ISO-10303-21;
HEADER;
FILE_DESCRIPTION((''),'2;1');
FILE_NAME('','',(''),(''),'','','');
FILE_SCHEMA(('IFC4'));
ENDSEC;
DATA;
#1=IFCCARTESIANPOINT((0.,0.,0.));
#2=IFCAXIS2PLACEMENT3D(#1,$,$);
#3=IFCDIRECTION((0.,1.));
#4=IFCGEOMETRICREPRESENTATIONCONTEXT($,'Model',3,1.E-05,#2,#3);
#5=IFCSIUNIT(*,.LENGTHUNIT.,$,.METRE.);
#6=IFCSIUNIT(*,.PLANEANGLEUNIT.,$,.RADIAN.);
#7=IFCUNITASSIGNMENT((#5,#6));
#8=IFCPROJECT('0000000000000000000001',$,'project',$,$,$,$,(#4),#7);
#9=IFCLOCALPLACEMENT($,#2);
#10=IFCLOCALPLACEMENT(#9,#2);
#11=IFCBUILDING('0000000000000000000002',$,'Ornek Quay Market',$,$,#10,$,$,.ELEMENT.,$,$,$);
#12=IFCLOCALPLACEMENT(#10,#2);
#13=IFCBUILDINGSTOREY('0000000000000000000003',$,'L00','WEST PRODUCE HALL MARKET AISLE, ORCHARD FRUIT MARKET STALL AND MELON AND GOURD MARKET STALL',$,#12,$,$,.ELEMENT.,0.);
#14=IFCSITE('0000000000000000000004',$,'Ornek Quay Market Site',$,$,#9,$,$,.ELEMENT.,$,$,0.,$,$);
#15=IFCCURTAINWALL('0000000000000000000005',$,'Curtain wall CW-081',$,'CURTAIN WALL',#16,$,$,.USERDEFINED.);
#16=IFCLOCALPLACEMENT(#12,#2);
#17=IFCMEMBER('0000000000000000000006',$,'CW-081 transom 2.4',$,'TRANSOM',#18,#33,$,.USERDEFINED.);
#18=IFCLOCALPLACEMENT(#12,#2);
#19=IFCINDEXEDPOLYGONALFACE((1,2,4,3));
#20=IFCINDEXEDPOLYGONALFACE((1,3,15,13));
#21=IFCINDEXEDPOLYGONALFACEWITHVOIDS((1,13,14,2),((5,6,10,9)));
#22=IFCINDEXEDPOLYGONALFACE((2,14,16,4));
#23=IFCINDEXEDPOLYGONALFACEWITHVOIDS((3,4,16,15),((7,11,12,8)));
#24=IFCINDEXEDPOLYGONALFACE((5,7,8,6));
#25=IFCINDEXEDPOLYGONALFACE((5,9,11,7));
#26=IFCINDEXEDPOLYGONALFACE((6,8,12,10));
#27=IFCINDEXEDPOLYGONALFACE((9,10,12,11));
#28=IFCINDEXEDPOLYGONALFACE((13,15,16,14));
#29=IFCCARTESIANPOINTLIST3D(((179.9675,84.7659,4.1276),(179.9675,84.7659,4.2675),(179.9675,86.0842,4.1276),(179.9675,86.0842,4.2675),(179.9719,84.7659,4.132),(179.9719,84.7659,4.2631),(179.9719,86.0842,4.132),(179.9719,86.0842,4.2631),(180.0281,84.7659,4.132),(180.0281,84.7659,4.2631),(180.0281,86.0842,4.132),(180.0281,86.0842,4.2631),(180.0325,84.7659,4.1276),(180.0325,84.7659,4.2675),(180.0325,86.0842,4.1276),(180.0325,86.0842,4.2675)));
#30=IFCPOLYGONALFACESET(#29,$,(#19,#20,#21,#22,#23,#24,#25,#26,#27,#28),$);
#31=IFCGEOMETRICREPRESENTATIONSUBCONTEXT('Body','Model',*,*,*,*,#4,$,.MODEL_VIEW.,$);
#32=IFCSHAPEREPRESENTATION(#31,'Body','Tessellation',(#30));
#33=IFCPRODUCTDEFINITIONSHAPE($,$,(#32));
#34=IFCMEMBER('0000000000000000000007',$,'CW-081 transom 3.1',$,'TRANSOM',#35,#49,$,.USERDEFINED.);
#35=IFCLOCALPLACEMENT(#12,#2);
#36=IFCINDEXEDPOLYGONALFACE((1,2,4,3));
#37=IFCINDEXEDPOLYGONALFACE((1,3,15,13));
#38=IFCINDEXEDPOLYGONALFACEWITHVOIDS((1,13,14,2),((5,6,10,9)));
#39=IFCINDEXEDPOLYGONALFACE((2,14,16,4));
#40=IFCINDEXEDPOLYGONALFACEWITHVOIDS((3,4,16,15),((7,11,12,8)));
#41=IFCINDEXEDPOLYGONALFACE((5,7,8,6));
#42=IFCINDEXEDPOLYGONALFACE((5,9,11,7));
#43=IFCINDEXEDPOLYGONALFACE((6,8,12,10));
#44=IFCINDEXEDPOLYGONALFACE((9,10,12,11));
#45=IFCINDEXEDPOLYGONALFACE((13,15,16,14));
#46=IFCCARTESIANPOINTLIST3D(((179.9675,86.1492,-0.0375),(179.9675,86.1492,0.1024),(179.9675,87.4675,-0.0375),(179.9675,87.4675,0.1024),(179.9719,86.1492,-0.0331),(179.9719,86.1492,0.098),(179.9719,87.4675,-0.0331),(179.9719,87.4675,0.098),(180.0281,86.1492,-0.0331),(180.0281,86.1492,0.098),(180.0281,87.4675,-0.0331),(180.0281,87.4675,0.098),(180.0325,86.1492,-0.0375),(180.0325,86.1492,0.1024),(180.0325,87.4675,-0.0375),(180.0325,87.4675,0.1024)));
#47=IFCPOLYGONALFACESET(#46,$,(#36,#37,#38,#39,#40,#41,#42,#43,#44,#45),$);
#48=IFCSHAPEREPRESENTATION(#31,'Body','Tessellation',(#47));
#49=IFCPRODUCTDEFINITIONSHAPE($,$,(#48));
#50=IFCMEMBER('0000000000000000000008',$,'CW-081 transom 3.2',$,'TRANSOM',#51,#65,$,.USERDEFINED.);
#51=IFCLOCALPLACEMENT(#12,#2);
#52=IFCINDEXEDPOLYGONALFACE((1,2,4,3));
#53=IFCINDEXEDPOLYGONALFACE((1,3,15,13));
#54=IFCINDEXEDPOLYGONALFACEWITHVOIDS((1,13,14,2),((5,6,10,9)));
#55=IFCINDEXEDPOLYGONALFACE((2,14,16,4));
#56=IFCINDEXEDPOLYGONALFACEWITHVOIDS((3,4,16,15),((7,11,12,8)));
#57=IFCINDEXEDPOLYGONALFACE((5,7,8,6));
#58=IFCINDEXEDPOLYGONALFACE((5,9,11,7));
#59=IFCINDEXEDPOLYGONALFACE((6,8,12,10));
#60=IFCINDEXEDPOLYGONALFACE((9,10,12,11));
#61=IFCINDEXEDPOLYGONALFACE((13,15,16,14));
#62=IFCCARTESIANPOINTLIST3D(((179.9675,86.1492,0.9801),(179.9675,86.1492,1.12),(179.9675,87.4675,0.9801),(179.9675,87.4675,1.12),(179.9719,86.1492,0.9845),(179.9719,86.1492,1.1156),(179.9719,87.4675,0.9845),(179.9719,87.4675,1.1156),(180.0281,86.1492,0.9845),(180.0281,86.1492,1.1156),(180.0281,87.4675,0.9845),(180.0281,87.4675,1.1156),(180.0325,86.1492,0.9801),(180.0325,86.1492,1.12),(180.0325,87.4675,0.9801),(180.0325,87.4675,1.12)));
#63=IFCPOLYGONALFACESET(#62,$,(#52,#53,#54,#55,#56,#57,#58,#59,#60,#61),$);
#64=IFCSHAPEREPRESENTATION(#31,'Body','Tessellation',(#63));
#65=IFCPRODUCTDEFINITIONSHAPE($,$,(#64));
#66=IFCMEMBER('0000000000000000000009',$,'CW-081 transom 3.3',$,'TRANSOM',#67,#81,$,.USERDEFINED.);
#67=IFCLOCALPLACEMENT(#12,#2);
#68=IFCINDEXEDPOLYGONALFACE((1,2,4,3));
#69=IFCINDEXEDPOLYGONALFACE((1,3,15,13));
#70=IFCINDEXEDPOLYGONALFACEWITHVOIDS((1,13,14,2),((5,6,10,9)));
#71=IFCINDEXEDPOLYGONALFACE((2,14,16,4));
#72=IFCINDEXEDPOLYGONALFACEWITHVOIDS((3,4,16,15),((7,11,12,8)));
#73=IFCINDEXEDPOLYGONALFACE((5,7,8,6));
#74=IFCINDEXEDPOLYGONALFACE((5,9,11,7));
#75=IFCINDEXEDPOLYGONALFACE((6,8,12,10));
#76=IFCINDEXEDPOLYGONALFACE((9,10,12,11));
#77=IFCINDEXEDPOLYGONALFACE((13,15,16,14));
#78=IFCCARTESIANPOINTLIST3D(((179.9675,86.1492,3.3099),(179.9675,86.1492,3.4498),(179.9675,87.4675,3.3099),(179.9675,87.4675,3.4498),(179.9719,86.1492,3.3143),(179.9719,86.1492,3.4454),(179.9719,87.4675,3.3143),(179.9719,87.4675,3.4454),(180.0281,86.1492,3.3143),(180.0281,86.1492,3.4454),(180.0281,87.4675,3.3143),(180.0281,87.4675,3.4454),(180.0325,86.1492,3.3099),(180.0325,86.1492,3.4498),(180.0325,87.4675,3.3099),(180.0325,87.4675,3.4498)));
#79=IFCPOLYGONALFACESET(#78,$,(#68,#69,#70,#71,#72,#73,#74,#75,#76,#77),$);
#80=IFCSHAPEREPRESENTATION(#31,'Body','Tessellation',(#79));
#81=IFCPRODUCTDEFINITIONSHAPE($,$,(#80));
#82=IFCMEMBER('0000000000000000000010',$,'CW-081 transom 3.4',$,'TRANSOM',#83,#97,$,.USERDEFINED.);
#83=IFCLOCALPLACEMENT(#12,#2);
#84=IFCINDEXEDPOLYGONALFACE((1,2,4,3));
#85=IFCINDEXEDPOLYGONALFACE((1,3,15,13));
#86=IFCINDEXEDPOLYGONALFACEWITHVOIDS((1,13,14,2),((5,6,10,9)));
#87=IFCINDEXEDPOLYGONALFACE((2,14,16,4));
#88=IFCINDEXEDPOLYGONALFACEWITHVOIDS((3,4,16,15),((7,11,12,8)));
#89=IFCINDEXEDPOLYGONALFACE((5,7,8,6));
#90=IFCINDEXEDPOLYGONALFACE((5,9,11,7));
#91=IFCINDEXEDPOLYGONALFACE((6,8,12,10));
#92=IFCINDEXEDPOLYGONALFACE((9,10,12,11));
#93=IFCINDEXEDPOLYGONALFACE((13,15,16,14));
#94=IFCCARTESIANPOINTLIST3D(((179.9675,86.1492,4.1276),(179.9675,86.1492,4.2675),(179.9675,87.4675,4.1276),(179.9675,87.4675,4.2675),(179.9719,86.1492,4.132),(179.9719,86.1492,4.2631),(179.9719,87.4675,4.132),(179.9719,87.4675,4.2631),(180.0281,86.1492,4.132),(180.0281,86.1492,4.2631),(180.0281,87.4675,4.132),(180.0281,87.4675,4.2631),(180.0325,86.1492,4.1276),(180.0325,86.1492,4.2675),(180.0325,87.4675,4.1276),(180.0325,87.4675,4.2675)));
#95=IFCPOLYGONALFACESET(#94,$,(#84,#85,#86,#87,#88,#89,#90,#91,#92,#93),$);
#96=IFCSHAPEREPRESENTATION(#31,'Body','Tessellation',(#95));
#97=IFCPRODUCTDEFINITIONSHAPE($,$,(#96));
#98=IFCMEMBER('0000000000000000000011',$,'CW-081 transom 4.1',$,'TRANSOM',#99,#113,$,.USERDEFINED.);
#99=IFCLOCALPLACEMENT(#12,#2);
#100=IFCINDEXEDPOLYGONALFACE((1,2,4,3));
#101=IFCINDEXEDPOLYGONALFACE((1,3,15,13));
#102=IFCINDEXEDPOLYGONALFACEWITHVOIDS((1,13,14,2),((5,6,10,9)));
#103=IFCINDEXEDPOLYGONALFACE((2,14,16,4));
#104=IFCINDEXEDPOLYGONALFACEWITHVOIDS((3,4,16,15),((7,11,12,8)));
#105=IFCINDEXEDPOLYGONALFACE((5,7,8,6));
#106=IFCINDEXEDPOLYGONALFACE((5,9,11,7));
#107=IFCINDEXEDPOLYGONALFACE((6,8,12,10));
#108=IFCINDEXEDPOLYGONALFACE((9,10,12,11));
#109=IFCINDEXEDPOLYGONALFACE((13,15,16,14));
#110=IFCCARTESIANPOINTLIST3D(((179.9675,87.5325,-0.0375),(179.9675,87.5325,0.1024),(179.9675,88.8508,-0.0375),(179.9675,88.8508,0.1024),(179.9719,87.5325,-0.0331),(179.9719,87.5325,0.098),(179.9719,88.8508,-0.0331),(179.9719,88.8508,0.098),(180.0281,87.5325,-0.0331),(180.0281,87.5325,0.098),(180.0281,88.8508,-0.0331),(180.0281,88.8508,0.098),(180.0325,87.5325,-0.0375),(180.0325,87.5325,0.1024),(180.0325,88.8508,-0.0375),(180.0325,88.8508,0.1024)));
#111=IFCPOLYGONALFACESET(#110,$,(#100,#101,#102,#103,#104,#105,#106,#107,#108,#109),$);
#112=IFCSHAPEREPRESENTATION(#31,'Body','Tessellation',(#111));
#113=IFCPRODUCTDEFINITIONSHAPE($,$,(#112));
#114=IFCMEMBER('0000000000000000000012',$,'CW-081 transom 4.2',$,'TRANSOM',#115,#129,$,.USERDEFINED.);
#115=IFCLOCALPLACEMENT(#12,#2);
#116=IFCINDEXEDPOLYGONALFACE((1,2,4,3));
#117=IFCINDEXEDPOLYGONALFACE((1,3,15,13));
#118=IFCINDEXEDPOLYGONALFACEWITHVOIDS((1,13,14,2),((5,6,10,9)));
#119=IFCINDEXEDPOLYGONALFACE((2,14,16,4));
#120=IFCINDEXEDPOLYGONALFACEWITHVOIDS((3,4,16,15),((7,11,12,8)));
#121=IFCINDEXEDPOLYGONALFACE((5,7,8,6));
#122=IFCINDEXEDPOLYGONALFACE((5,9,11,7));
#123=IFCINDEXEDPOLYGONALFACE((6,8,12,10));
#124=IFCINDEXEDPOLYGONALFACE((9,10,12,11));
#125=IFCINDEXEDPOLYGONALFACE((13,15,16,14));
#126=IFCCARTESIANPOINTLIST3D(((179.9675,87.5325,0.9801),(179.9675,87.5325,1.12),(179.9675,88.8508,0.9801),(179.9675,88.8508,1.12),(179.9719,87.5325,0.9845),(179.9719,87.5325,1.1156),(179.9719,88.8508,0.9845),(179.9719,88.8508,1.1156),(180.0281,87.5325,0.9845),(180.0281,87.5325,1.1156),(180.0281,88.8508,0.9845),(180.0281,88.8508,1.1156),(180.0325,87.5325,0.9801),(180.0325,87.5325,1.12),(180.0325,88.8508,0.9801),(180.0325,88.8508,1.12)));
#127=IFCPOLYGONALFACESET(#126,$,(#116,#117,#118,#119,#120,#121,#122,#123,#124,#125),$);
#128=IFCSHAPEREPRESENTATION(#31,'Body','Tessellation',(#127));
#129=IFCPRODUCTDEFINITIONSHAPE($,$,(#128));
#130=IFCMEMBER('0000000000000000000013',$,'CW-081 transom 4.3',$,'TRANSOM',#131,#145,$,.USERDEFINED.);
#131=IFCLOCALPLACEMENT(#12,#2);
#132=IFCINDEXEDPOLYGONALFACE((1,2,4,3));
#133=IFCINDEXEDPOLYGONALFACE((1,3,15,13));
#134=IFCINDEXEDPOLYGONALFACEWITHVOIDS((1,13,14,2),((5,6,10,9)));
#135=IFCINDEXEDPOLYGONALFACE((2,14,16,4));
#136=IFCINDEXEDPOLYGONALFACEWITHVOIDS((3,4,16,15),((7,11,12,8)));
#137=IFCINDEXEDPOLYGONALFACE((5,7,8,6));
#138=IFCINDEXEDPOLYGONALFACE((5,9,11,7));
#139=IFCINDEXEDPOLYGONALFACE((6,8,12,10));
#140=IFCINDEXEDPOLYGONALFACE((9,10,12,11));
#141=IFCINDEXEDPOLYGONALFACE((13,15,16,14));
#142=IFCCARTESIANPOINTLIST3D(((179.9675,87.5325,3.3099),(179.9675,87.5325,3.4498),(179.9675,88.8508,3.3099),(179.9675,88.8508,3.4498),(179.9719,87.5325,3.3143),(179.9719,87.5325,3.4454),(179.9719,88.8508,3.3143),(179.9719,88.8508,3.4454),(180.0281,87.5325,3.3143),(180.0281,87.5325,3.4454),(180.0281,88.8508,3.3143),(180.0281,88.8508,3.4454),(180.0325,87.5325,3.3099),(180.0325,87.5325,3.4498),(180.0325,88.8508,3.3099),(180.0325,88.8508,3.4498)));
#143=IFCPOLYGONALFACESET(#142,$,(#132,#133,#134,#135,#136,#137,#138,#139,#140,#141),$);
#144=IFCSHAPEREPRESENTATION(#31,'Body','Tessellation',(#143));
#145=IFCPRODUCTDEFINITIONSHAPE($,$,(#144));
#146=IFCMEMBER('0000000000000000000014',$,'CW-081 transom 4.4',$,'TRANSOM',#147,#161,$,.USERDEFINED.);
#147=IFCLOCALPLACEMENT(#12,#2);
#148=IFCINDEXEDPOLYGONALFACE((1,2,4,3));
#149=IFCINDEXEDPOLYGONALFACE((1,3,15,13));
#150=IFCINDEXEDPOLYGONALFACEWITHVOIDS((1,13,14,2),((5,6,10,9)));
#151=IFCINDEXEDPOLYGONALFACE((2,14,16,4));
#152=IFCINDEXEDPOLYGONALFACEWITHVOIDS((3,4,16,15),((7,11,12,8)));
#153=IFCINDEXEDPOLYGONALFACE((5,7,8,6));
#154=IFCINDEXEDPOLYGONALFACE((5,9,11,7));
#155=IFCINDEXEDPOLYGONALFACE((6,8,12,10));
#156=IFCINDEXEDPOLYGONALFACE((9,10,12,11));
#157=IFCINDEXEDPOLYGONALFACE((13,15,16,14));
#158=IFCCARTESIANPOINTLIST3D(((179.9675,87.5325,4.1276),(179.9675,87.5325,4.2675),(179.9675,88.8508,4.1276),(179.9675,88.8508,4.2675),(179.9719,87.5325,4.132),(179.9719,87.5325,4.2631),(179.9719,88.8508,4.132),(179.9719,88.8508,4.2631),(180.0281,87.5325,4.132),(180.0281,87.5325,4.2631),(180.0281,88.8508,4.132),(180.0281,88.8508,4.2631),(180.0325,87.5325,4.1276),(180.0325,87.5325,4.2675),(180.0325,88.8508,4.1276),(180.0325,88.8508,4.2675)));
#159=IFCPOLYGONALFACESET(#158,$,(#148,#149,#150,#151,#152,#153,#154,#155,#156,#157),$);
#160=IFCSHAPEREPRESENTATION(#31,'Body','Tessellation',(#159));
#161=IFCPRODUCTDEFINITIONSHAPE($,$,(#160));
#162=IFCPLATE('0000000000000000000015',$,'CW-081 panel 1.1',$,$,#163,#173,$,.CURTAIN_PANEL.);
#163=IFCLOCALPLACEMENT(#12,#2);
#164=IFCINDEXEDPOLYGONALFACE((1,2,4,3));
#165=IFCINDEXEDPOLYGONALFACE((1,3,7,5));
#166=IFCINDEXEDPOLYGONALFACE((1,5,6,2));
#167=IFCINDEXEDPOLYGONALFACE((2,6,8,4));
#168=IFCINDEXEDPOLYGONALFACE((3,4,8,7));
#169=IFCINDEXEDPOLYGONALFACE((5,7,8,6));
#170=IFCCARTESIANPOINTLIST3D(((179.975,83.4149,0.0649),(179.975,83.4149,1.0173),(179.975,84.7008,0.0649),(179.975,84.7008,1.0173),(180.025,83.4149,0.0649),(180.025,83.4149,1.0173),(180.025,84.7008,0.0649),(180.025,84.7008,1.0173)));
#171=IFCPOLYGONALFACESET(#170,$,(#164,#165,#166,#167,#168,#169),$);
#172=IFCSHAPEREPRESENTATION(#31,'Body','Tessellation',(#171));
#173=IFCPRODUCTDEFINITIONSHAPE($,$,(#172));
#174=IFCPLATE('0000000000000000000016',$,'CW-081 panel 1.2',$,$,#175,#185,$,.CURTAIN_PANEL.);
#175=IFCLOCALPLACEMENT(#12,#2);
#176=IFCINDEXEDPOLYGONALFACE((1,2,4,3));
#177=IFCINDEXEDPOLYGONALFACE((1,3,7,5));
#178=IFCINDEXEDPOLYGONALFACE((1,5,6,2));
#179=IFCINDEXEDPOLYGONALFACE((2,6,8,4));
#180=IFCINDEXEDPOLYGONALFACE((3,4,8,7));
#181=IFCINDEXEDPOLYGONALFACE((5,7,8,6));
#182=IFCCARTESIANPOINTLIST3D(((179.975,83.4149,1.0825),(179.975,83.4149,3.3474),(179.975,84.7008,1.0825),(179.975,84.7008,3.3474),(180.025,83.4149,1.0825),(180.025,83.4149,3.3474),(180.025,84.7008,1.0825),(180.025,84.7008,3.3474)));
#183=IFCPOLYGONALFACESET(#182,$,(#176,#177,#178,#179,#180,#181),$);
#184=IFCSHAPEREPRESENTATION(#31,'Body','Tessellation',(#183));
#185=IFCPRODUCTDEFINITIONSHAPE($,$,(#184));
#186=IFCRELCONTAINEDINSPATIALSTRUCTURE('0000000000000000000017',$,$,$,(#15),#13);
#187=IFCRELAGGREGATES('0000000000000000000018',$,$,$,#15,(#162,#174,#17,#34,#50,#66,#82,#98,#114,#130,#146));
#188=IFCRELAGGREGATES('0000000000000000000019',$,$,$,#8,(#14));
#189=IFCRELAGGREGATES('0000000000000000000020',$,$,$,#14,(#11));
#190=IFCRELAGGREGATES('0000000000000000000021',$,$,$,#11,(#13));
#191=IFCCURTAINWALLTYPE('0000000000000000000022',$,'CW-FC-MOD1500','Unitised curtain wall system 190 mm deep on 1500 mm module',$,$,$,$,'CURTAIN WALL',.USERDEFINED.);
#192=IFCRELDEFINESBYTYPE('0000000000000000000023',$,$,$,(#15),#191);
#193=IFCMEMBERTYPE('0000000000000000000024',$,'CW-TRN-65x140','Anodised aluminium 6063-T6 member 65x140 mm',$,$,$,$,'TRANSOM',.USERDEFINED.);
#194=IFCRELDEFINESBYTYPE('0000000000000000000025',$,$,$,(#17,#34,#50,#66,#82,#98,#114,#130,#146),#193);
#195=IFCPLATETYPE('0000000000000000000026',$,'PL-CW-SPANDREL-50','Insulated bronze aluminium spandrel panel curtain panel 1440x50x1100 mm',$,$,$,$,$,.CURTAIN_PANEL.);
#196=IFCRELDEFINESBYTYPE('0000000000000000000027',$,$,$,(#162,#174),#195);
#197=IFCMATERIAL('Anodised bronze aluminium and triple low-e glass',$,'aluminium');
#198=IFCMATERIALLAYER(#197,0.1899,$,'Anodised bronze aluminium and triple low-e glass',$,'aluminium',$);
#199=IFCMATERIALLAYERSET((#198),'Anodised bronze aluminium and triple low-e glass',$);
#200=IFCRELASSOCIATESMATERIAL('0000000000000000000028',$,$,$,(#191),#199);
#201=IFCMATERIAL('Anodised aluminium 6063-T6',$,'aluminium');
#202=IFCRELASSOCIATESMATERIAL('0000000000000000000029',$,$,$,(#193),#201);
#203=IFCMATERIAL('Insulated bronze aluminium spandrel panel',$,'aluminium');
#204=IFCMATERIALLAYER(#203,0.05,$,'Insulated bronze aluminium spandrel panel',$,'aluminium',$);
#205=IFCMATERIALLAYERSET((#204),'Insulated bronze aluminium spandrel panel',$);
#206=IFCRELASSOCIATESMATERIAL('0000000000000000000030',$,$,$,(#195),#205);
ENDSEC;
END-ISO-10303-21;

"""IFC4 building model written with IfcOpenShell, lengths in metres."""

from ifc_helpers import new_model, si_unit, direction, frame, origin, origin_2d, place, context, subcontext, project, spatial, rectangle, hollow_rectangle, extrude, material, layer, layer_set, material_profile, profile_set, type_object, element, aggregate, save


model = new_model("IFC4")

# Units and contexts
model_context = context("Model", 3, precision=1e-05, world=origin(), true_north=direction((0.0, 1.0)))
body_context = subcontext(model_context, "Body", "Model", "MODEL_VIEW")
ifc_project = project(units=[si_unit("LENGTHUNIT", "METRE"), si_unit("PLANEANGLEUNIT", "RADIAN")], contexts=[model_context])

# Site, building, storey
site_placement = place(None, origin())
site = spatial("IfcSite", under=ifc_project, at=site_placement, Name="Ornek Quay Market Site", CompositionType="ELEMENT", RefElevation=0.0)
building_placement = place(site_placement, origin())
building = spatial("IfcBuilding", under=site, at=building_placement, Name="Ornek Quay Market", CompositionType="ELEMENT")
storey_placement = place(building_placement, origin())
storey = spatial("IfcBuildingStorey", under=building, at=storey_placement, Name="L00", Description="WEST PRODUCE HALL MARKET AISLE, ORCHARD FRUIT MARKET STALL AND MELON AND GOURD MARKET STALL", CompositionType="ELEMENT", Elevation=0.0)

# Curtain wall, members, plates
ifc_material_1 = material(Name="Anodised bronze aluminium and triple low-e glass", Category="aluminium")
ifc_layer_1 = layer(ifc_material_1, 0.1899, Name="Anodised bronze aluminium and triple low-e glass", Category="aluminium")
ifc_layer_set_1 = layer_set([ifc_layer_1], Name="Anodised bronze aluminium and triple low-e glass")
curtain_wall_type = type_object("IfcCurtainWallType", Name="CW-FC-MOD1500", Description="Unitised curtain wall system 190 mm deep on 1500 mm module", ElementType="CURTAIN WALL", PredefinedType="USERDEFINED", material=ifc_layer_set_1)
curtain_wall_placement = place(storey_placement, origin())
curtain_wall = element("IfcCurtainWall", 1, at=curtain_wall_placement, inside=storey, type_object=curtain_wall_type, Name="Curtain wall CW-081", ObjectType="CURTAIN WALL", PredefinedType="USERDEFINED")
ifc_material_2 = material(Name="Anodised aluminium 6063-T6", Category="aluminium")
ifc_material_profile_1 = material_profile(ifc_material_2, hollow_rectangle(XDim=0.0649, YDim=0.1399, WallThickness=0.0044, at=origin_2d()), Name="CW-TRN-65x140", Category="aluminium")
ifc_profile_set_1 = profile_set([ifc_material_profile_1], Name="Anodised aluminium 6063-T6")
member_type_1 = type_object("IfcMemberType", Name="CW-TRN-65x140", Description="Anodised aluminium 6063-T6 member 65x140 mm", ElementType="TRANSOM", PredefinedType="USERDEFINED", material=ifc_profile_set_1)
member_1_placement = place(storey_placement, frame((180.0, 84.7659, 4.1975), z_axis=(0.0, 1.0, 0.0), x_axis=(-1.0, 0.0, 0.0)))
member_1 = element("IfcMember", 2, at=member_1_placement, type_object=member_type_1, Name="CW-081 transom 2.4", ObjectType="TRANSOM", PredefinedType="USERDEFINED", context=body_context, shape_type="SweptSolid", body=[
    extrude(hollow_rectangle(XDim=0.0649, YDim=0.1399, WallThickness=0.0044, at=origin_2d()), origin(), (0.0, 0.0, 1.0), 1.3184),
])
member_2_placement = place(storey_placement, frame((180.0, 86.1492, 0.0325), z_axis=(0.0, 1.0, 0.0), x_axis=(-1.0, 0.0, 0.0)))
member_2 = element("IfcMember", 3, at=member_2_placement, type_object=member_type_1, Name="CW-081 transom 3.1", ObjectType="TRANSOM", PredefinedType="USERDEFINED", context=body_context, shape_type="SweptSolid", body=[
    extrude(hollow_rectangle(XDim=0.0649, YDim=0.1399, WallThickness=0.0044, at=origin_2d()), origin(), (0.0, 0.0, 1.0), 1.3184),
])
member_3_placement = place(storey_placement, frame((180.0, 86.1492, 1.05), z_axis=(0.0, 1.0, 0.0), x_axis=(-1.0, 0.0, 0.0)))
member_3 = element("IfcMember", 4, at=member_3_placement, type_object=member_type_1, Name="CW-081 transom 3.2", ObjectType="TRANSOM", PredefinedType="USERDEFINED", context=body_context, shape_type="SweptSolid", body=[
    extrude(hollow_rectangle(XDim=0.0649, YDim=0.1399, WallThickness=0.0044, at=origin_2d()), origin(), (0.0, 0.0, 1.0), 1.3184),
])
member_4_placement = place(storey_placement, frame((180.0, 86.1492, 3.3799), z_axis=(0.0, 1.0, 0.0), x_axis=(-1.0, 0.0, 0.0)))
member_4 = element("IfcMember", 5, at=member_4_placement, type_object=member_type_1, Name="CW-081 transom 3.3", ObjectType="TRANSOM", PredefinedType="USERDEFINED", context=body_context, shape_type="SweptSolid", body=[
    extrude(hollow_rectangle(XDim=0.0649, YDim=0.1399, WallThickness=0.0044, at=origin_2d()), origin(), (0.0, 0.0, 1.0), 1.3184),
])
member_5_placement = place(storey_placement, frame((180.0, 86.1492, 4.1975), z_axis=(0.0, 1.0, 0.0), x_axis=(-1.0, 0.0, 0.0)))
member_5 = element("IfcMember", 6, at=member_5_placement, type_object=member_type_1, Name="CW-081 transom 3.4", ObjectType="TRANSOM", PredefinedType="USERDEFINED", context=body_context, shape_type="SweptSolid", body=[
    extrude(hollow_rectangle(XDim=0.0649, YDim=0.1399, WallThickness=0.0044, at=origin_2d()), origin(), (0.0, 0.0, 1.0), 1.3184),
])
member_6_placement = place(storey_placement, frame((180.0, 87.5325, 0.0325), z_axis=(0.0, 1.0, 0.0), x_axis=(-1.0, 0.0, 0.0)))
member_6 = element("IfcMember", 7, at=member_6_placement, type_object=member_type_1, Name="CW-081 transom 4.1", ObjectType="TRANSOM", PredefinedType="USERDEFINED", context=body_context, shape_type="SweptSolid", body=[
    extrude(hollow_rectangle(XDim=0.0649, YDim=0.1399, WallThickness=0.0044, at=origin_2d()), origin(), (0.0, 0.0, 1.0), 1.3184),
])
member_7_placement = place(storey_placement, frame((180.0, 87.5325, 1.05), z_axis=(0.0, 1.0, 0.0), x_axis=(-1.0, 0.0, 0.0)))
member_7 = element("IfcMember", 8, at=member_7_placement, type_object=member_type_1, Name="CW-081 transom 4.2", ObjectType="TRANSOM", PredefinedType="USERDEFINED", context=body_context, shape_type="SweptSolid", body=[
    extrude(hollow_rectangle(XDim=0.0649, YDim=0.1399, WallThickness=0.0044, at=origin_2d()), origin(), (0.0, 0.0, 1.0), 1.3184),
])
member_8_placement = place(storey_placement, frame((180.0, 87.5325, 3.3799), z_axis=(0.0, 1.0, 0.0), x_axis=(-1.0, 0.0, 0.0)))
member_8 = element("IfcMember", 9, at=member_8_placement, type_object=member_type_1, Name="CW-081 transom 4.3", ObjectType="TRANSOM", PredefinedType="USERDEFINED", context=body_context, shape_type="SweptSolid", body=[
    extrude(hollow_rectangle(XDim=0.0649, YDim=0.1399, WallThickness=0.0044, at=origin_2d()), origin(), (0.0, 0.0, 1.0), 1.3184),
])
member_9_placement = place(storey_placement, frame((180.0, 87.5325, 4.1975), z_axis=(0.0, 1.0, 0.0), x_axis=(-1.0, 0.0, 0.0)))
member_9 = element("IfcMember", 10, at=member_9_placement, type_object=member_type_1, Name="CW-081 transom 4.4", ObjectType="TRANSOM", PredefinedType="USERDEFINED", context=body_context, shape_type="SweptSolid", body=[
    extrude(hollow_rectangle(XDim=0.0649, YDim=0.1399, WallThickness=0.0044, at=origin_2d()), origin(), (0.0, 0.0, 1.0), 1.3184),
])
ifc_material_3 = material(Name="Insulated bronze aluminium spandrel panel", Category="aluminium")
ifc_layer_2 = layer(ifc_material_3, 0.05, Name="Insulated bronze aluminium spandrel panel", Category="aluminium")
ifc_layer_set_2 = layer_set([ifc_layer_2], Name="Insulated bronze aluminium spandrel panel")
plate_type = type_object("IfcPlateType", Name="PL-CW-SPANDREL-50", Description="Insulated bronze aluminium spandrel panel curtain panel 1440x50x1100 mm", PredefinedType="CURTAIN_PANEL", material=ifc_layer_set_2)
plate_1_placement = place(storey_placement, frame((180.0, 84.0579, 0.0649), z_axis=(0.0, 0.0, 1.0), x_axis=(0.0, 1.0, 0.0)))
plate_1 = element("IfcPlate", 11, at=plate_1_placement, type_object=plate_type, Name="CW-081 panel 1.1", PredefinedType="CURTAIN_PANEL", context=body_context, shape_type="SweptSolid", body=[
    extrude(rectangle(XDim=1.2859, YDim=0.05, at=origin_2d()), origin(), (0.0, 0.0, 1.0), 0.9524),
])
plate_2_placement = place(storey_placement, frame((180.0, 84.0579, 1.0825), z_axis=(0.0, 0.0, 1.0), x_axis=(0.0, 1.0, 0.0)))
plate_2 = element("IfcPlate", 12, at=plate_2_placement, type_object=plate_type, Name="CW-081 panel 1.2", PredefinedType="CURTAIN_PANEL", context=body_context, shape_type="SweptSolid", body=[
    extrude(rectangle(XDim=1.2859, YDim=0.05, at=origin_2d()), origin(), (0.0, 0.0, 1.0), 2.2649),
])
aggregate(curtain_wall, [plate_1, plate_2, member_1, member_2, member_3, member_4, member_5, member_6, member_7, member_8, member_9])

save(model, "model.ifc")
